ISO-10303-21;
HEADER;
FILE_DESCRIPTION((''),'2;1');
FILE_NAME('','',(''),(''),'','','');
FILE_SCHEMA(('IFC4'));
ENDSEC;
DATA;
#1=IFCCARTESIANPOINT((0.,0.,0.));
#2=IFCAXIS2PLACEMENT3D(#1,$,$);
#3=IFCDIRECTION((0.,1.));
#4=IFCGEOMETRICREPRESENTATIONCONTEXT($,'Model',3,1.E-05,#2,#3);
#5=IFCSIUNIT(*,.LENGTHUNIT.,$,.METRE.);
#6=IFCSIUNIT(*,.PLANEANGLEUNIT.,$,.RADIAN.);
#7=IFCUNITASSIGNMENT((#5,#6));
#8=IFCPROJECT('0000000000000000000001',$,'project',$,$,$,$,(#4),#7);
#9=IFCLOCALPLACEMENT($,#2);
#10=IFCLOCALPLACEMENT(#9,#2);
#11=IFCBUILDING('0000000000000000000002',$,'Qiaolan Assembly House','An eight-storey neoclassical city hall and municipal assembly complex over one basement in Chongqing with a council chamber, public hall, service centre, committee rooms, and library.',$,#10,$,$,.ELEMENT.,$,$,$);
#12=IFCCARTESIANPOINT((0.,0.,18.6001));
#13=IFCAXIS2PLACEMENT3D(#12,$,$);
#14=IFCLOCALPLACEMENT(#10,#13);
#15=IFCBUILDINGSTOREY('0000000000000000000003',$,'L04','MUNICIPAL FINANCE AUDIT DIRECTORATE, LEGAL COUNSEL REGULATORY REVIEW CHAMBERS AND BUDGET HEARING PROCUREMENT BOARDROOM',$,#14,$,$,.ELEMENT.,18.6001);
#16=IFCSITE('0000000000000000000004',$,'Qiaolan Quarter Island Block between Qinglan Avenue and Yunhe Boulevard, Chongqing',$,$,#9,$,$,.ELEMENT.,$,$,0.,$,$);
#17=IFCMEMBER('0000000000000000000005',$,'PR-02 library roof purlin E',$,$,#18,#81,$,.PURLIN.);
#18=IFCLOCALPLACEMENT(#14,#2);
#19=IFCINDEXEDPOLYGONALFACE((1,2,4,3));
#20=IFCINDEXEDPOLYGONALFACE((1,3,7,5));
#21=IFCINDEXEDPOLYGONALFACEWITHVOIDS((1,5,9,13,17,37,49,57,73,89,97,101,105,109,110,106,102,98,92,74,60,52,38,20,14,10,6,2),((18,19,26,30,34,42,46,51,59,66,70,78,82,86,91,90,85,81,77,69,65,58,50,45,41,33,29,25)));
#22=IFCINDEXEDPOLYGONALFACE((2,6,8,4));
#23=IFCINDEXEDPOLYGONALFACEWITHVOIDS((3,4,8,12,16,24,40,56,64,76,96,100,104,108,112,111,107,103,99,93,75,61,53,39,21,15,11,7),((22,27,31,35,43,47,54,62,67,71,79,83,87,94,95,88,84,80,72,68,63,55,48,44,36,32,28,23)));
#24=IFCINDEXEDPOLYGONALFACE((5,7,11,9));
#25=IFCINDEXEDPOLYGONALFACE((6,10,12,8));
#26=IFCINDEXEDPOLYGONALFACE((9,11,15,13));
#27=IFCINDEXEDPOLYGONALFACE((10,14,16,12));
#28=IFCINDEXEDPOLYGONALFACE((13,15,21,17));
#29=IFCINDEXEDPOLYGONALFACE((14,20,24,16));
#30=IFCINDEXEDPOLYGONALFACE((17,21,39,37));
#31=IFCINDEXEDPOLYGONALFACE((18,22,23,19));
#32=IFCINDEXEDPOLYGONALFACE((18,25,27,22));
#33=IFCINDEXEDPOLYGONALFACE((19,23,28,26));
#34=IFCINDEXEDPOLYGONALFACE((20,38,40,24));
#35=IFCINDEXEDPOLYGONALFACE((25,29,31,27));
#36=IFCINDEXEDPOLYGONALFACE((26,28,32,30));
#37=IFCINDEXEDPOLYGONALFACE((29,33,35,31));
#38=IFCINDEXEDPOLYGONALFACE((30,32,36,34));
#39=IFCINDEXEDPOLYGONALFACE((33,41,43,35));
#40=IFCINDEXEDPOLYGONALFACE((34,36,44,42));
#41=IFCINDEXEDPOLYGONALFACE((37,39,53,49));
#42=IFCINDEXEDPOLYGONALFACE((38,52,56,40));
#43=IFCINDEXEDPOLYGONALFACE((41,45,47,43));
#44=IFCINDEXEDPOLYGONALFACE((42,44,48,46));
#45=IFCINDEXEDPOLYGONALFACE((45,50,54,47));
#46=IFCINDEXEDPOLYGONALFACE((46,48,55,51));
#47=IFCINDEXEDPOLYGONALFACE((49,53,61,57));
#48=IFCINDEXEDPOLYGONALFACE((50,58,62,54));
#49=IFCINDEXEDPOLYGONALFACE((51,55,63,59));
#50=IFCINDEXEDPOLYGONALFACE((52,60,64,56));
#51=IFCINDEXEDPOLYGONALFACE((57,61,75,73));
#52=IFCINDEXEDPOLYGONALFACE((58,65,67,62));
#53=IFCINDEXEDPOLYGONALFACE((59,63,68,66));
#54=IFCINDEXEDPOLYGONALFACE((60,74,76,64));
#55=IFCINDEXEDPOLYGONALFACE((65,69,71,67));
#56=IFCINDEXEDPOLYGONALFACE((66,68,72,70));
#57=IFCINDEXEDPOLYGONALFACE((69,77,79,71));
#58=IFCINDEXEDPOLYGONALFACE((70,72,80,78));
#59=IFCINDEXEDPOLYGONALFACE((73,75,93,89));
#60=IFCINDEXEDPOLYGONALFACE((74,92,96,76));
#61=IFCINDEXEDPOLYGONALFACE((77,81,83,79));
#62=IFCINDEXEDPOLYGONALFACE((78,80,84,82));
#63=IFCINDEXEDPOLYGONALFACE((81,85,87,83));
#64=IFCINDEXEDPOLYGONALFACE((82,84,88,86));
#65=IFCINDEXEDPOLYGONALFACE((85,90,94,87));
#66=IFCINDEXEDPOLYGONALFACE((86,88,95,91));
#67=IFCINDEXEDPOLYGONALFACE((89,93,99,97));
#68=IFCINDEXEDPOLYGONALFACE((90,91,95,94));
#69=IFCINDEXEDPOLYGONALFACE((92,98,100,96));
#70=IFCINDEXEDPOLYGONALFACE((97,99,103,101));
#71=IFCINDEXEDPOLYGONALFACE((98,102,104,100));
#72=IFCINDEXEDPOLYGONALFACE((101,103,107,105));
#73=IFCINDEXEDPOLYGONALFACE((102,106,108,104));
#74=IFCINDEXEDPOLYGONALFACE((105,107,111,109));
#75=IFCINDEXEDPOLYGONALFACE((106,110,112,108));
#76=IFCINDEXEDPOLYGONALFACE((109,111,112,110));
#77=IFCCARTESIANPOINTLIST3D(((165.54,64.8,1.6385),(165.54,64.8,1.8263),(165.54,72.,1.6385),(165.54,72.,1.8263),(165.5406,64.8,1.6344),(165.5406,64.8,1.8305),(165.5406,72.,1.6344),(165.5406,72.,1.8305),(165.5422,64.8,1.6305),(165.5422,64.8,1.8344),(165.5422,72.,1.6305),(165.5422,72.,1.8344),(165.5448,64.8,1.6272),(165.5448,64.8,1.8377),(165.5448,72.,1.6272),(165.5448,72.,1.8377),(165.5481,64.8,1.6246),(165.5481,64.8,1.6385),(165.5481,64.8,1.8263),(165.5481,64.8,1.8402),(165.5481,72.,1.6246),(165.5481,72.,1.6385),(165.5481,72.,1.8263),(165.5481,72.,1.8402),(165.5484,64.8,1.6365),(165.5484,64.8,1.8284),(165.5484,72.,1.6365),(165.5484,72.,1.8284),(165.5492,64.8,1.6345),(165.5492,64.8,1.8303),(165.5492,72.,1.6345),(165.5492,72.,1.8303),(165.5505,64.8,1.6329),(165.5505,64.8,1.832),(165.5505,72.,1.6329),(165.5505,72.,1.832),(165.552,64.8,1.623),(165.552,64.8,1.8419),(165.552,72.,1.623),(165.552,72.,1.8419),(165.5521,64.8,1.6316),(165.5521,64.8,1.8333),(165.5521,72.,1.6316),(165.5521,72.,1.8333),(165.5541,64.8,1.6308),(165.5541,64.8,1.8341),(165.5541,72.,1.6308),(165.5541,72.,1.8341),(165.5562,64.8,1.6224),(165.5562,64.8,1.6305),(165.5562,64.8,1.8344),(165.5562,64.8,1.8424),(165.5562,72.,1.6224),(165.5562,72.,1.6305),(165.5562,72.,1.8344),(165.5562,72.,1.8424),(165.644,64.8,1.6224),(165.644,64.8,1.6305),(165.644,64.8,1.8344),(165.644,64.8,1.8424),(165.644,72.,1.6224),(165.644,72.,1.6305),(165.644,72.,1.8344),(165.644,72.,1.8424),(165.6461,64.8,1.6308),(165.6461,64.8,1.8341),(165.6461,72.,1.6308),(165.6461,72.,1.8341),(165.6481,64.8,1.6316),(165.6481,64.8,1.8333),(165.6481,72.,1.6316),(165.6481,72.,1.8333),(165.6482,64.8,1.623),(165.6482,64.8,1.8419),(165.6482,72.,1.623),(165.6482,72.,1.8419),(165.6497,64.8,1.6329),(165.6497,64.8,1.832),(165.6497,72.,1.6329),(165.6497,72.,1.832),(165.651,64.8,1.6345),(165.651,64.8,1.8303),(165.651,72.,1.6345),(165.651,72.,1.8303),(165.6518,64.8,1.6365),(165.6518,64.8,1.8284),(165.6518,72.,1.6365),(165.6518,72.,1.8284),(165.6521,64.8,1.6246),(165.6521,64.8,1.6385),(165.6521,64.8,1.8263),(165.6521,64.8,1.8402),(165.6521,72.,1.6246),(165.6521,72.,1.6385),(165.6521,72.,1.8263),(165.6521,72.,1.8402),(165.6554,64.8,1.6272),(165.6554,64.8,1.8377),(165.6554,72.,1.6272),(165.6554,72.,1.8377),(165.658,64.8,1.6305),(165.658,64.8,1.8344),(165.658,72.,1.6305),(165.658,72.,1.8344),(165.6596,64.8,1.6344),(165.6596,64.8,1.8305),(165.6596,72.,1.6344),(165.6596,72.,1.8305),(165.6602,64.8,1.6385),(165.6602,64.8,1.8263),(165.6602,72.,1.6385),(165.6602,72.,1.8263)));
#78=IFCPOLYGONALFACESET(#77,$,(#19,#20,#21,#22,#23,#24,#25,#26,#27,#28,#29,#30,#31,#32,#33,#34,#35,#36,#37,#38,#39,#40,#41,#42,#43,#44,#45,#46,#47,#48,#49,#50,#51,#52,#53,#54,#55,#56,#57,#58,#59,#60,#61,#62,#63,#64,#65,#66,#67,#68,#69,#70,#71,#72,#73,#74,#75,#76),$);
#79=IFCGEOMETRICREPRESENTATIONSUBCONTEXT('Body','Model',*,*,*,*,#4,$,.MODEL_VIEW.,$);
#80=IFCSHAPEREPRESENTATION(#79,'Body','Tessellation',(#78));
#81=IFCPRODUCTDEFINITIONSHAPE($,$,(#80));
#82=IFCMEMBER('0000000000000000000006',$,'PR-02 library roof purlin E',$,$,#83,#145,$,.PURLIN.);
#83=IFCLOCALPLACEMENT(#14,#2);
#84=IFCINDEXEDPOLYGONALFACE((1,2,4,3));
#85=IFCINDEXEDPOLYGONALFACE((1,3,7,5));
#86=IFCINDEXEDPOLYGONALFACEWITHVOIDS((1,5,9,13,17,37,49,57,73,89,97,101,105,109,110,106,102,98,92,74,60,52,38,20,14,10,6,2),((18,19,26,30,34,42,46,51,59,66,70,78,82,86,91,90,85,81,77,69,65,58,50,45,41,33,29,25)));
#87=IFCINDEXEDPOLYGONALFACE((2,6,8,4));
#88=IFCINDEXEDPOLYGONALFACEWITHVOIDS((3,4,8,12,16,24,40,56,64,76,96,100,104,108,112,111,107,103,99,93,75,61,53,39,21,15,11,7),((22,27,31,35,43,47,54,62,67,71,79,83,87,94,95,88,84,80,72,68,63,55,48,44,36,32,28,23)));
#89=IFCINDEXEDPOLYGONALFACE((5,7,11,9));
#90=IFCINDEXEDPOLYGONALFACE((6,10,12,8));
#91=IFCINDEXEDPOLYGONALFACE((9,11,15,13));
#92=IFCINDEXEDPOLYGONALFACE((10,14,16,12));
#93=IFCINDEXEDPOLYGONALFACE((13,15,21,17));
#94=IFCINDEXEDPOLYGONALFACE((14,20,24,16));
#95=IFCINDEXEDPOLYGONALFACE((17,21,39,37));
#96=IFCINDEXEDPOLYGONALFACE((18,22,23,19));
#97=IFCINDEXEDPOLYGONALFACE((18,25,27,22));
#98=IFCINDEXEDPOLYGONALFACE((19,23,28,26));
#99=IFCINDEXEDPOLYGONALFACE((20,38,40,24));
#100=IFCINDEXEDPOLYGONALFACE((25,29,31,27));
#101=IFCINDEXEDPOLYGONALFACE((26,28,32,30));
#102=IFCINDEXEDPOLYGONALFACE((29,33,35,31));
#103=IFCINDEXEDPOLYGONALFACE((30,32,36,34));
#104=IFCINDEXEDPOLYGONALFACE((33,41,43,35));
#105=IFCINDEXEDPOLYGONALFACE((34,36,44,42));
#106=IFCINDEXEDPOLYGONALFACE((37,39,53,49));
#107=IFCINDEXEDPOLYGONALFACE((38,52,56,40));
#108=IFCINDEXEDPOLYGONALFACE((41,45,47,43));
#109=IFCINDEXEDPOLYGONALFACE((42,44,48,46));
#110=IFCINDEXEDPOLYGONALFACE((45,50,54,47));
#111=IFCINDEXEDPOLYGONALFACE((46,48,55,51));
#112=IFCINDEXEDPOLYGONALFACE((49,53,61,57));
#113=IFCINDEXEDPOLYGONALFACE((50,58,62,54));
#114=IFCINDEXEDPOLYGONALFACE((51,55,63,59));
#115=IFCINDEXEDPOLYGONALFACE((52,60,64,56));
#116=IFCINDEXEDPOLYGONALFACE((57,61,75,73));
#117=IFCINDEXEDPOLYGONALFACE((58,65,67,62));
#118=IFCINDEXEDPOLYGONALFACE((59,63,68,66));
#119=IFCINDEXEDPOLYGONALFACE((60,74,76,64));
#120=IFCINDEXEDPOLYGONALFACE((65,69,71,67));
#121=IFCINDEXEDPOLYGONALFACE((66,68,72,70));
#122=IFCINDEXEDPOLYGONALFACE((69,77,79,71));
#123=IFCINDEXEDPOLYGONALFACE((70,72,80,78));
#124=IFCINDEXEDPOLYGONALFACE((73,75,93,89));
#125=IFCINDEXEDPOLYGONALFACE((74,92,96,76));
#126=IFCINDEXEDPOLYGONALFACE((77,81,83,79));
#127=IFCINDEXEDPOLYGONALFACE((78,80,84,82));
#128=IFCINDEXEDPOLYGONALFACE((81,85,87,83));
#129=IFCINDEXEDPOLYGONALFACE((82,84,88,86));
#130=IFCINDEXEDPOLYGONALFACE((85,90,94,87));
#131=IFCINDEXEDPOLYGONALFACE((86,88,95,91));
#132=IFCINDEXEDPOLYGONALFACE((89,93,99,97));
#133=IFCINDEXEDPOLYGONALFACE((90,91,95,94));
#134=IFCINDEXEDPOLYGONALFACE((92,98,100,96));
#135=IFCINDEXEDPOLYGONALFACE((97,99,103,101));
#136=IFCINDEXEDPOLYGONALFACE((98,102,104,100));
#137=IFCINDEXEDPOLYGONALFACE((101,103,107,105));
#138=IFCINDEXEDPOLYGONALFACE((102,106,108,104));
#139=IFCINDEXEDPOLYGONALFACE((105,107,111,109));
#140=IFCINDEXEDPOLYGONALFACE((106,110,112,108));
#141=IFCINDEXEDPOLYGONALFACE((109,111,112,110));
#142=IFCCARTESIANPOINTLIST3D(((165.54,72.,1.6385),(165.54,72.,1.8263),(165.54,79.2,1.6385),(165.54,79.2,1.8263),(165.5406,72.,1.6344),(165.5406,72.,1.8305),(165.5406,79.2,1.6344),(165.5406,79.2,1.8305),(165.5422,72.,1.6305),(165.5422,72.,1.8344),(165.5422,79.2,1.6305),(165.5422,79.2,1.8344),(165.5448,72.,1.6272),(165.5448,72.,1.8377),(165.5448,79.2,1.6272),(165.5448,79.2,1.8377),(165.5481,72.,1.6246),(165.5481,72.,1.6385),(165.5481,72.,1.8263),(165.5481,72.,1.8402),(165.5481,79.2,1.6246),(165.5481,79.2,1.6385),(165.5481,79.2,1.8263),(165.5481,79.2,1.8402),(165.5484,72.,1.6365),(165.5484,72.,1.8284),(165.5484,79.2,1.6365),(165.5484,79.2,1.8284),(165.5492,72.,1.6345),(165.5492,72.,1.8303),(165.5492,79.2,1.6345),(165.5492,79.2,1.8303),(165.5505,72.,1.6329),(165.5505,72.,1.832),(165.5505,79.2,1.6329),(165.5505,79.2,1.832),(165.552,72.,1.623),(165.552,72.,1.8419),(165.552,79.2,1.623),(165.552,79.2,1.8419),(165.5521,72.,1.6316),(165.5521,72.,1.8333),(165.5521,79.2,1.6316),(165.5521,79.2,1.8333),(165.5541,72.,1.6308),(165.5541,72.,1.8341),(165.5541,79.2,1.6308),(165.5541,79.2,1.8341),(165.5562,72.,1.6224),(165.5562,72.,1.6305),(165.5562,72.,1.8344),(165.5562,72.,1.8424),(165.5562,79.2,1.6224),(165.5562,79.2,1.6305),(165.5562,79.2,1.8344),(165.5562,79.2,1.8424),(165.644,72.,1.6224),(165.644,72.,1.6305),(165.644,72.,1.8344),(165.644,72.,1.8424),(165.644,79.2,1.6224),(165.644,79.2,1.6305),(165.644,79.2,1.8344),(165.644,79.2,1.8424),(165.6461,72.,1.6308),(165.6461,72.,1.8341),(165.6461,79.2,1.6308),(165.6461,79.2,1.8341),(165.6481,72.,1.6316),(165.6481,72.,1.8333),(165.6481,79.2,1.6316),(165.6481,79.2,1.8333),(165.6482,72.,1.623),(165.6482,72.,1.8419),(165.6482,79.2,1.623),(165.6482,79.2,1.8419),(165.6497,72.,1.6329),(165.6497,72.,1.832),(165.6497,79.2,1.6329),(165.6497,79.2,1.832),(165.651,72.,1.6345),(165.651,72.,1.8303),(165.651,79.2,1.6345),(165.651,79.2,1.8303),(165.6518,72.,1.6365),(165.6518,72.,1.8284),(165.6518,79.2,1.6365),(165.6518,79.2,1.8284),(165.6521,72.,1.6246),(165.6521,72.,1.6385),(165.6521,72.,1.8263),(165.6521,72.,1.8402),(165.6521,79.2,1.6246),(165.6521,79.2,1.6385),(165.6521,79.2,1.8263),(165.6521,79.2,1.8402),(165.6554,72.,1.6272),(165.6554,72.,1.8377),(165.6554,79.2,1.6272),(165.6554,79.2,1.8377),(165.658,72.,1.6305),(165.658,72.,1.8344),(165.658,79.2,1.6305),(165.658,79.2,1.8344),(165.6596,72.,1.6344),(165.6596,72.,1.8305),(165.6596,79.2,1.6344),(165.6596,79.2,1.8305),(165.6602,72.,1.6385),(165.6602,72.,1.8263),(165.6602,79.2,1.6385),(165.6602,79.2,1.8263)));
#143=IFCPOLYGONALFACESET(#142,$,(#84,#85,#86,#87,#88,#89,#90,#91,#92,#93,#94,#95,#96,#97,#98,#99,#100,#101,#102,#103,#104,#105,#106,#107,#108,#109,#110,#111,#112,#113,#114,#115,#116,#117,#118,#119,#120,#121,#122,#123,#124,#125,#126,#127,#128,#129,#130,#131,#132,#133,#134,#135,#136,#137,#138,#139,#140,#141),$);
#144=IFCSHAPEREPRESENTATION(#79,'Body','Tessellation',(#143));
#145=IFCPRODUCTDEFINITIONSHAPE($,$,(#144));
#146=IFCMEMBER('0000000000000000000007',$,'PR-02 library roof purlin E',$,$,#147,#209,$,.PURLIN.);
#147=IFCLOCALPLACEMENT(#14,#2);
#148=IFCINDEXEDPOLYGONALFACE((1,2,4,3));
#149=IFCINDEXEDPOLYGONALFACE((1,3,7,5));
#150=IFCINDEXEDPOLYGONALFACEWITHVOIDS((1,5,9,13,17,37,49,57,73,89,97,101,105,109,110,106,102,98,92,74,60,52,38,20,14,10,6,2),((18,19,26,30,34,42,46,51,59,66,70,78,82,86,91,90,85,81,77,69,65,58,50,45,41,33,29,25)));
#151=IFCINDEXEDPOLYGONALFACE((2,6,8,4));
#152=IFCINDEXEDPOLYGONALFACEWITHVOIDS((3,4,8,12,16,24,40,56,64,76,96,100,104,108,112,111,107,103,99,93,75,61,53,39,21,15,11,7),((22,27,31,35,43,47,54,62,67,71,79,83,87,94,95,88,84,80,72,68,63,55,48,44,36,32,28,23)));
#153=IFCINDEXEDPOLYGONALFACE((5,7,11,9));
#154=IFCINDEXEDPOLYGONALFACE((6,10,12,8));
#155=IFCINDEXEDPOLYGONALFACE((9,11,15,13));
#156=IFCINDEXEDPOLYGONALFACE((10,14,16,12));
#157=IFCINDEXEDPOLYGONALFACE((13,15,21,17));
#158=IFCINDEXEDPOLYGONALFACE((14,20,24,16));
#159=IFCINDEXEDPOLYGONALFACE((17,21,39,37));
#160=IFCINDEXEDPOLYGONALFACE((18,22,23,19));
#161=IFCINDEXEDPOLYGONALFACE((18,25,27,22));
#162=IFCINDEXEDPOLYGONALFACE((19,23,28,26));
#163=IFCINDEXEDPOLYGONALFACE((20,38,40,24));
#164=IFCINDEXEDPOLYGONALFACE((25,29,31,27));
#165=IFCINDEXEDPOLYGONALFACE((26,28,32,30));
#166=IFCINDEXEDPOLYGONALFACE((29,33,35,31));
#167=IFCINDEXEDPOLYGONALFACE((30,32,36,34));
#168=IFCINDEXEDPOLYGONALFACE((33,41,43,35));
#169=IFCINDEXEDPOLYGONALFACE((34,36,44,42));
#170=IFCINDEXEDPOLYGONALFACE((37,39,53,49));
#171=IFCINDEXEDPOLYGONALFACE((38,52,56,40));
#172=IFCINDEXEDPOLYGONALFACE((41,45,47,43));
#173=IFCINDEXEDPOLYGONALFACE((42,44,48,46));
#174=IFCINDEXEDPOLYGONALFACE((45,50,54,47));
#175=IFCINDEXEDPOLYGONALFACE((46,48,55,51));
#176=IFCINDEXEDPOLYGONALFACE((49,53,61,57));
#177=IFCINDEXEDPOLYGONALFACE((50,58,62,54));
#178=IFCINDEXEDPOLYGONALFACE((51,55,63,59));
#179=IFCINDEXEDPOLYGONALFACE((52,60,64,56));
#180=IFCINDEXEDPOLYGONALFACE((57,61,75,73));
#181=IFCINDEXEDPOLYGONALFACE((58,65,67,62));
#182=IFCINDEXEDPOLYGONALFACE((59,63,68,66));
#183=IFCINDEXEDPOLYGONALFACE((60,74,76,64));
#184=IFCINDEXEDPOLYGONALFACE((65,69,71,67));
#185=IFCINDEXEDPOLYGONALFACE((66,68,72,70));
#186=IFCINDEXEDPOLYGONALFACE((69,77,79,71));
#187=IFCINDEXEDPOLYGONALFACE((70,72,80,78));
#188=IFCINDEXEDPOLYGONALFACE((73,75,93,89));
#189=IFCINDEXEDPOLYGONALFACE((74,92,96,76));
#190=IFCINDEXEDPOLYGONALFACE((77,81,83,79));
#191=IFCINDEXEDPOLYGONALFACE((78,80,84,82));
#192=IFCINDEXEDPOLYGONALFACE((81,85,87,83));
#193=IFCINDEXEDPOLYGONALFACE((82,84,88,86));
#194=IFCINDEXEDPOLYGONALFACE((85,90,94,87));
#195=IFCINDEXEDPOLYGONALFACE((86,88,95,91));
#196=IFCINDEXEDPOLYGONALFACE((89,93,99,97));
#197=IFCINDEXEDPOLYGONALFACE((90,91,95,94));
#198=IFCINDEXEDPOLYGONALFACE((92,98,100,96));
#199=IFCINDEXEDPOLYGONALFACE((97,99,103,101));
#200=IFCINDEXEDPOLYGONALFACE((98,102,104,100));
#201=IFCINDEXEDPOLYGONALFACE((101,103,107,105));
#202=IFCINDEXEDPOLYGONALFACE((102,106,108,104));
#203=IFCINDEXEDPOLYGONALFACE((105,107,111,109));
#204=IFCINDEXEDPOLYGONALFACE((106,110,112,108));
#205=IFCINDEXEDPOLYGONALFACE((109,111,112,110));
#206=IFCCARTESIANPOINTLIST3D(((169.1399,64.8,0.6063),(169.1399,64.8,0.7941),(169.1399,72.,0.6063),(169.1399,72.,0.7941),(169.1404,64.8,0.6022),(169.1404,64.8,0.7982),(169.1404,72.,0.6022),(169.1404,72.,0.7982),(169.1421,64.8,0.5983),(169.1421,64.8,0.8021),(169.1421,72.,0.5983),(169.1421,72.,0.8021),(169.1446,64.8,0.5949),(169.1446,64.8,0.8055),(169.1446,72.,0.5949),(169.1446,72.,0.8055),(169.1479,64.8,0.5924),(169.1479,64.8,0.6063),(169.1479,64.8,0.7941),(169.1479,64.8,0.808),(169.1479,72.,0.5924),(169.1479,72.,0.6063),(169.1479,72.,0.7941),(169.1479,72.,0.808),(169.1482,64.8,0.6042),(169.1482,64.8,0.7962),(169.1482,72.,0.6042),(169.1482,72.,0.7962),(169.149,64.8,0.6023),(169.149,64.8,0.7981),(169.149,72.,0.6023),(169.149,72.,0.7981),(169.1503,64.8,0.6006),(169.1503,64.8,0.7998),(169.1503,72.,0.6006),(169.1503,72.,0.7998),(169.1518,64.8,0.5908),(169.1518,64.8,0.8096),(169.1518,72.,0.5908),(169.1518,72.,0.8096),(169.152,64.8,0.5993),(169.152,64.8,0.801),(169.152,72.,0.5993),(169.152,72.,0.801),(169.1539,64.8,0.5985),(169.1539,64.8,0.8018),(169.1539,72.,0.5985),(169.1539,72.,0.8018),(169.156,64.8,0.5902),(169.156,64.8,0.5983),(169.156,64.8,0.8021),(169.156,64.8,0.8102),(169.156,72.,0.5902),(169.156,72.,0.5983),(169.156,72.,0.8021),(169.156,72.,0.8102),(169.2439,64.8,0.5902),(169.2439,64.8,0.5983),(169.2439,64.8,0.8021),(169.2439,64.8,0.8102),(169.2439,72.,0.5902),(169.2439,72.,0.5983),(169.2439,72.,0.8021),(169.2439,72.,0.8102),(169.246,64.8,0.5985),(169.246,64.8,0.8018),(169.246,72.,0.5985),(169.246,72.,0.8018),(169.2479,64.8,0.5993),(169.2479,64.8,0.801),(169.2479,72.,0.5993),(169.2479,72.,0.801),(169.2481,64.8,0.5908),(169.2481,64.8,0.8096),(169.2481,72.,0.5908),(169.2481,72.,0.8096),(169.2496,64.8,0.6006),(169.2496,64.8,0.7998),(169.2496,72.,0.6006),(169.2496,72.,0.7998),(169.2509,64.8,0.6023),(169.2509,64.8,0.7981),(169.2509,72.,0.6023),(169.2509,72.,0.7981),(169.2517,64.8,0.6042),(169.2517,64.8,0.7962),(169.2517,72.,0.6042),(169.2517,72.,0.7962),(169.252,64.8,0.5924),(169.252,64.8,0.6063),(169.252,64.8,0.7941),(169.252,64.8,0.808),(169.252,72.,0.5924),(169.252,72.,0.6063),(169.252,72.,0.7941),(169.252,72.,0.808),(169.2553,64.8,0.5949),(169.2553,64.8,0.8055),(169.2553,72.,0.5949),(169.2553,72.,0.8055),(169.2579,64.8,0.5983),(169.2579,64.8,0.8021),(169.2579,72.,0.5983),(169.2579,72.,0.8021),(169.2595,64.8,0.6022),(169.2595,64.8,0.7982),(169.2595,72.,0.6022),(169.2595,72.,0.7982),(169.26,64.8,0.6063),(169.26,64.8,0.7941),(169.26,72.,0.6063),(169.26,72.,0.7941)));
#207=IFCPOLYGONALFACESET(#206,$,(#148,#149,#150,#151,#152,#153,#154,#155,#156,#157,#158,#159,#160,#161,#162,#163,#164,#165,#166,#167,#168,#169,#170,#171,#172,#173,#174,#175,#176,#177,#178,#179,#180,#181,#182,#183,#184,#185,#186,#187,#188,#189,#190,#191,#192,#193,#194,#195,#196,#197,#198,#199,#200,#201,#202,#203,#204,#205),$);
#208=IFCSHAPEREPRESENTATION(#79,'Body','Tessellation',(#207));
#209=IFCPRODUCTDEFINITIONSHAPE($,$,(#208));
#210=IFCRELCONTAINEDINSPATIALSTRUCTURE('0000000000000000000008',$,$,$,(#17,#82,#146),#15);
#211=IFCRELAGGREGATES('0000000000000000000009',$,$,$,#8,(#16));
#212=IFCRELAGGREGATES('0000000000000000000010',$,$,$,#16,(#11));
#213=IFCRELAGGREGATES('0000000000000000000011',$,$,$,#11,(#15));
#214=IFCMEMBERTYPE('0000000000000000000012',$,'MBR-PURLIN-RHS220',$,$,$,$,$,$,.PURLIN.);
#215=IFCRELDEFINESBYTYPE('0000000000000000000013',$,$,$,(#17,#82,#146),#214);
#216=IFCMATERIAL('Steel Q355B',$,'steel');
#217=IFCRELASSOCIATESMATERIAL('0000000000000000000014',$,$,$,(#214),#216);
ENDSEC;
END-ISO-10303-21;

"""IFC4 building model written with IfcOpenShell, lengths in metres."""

from ifc_helpers import new_model, si_unit, direction, frame, origin, origin_2d, place, context, subcontext, project, spatial, hollow_rectangle, extrude, material, material_profile, profile_set, type_object, element, save


model = new_model("IFC4")

# Units and contexts
model_context = context("Model", 3, precision=1e-05, world=origin(), true_north=direction((0.0, 1.0)))
body_context = subcontext(model_context, "Body", "Model", "MODEL_VIEW")
ifc_project = project(units=[si_unit("LENGTHUNIT", "METRE"), si_unit("PLANEANGLEUNIT", "RADIAN")], contexts=[model_context])

# Site, building, storey
site_placement = place(None, origin())
site = spatial("IfcSite", under=ifc_project, at=site_placement, Name="Qiaolan Quarter Island Block between Qinglan Avenue and Yunhe Boulevard, Chongqing", CompositionType="ELEMENT", RefElevation=0.0)
building_placement = place(site_placement, origin())
building = spatial("IfcBuilding", under=site, at=building_placement, Name="Qiaolan Assembly House", Description="An eight-storey neoclassical city hall and municipal assembly complex over one basement in Chongqing with a council chamber, public hall, service centre, committee rooms, and library.", CompositionType="ELEMENT")
storey_placement = place(building_placement, frame((0.0, 0.0, 18.6001)))
storey = spatial("IfcBuildingStorey", under=building, at=storey_placement, Name="L04", Description="MUNICIPAL FINANCE AUDIT DIRECTORATE, LEGAL COUNSEL REGULATORY REVIEW CHAMBERS AND BUDGET HEARING PROCUREMENT BOARDROOM", CompositionType="ELEMENT", Elevation=18.6001)

# Shared definitions
ifc_material = material(Name="Steel Q355B", Category="steel")

# Members
ifc_material_profile_1 = material_profile(ifc_material, hollow_rectangle(XDim=0.1201, YDim=0.22, WallThickness=0.0081, InnerFilletRadius=0.0081, OuterFilletRadius=0.0161, at=origin_2d()), Name="RHS 220x120x8")
ifc_profile_set_1 = profile_set([ifc_material_profile_1], Name="Steel Q355B")
member_type = type_object("IfcMemberType", Name="MBR-PURLIN-RHS220", PredefinedType="PURLIN", material=ifc_profile_set_1)
for number, where, z_axis, x_axis, name in (
    (1, (165.6001, 64.8, 1.7324), (0.0, 1.0, 0.0), (-1.0, 0.0, 0.0), "PR-02 library roof purlin E"),
    (2, (165.6001, 72.0, 1.7324), (0.0, 1.0, 0.0), (-1.0, 0.0, 0.0), "PR-02 library roof purlin E"),
    (3, (169.2, 64.8, 0.7002), (0.0, 1.0, 0.0), (-1.0, 0.0, 0.0), "PR-02 library roof purlin E"),
):
    element("IfcMember", number, at=place(storey_placement, frame(where, z_axis=z_axis, x_axis=x_axis)), inside=storey, type_object=member_type, Name=name, PredefinedType="PURLIN", context=body_context, shape_type="SweptSolid", body=[
        extrude(hollow_rectangle(XDim=0.1201, YDim=0.22, WallThickness=0.0081, InnerFilletRadius=0.0081, OuterFilletRadius=0.0161, at=origin_2d()), origin(), (0.0, 0.0, 1.0), 7.2),
    ])

save(model, "model.ifc")
